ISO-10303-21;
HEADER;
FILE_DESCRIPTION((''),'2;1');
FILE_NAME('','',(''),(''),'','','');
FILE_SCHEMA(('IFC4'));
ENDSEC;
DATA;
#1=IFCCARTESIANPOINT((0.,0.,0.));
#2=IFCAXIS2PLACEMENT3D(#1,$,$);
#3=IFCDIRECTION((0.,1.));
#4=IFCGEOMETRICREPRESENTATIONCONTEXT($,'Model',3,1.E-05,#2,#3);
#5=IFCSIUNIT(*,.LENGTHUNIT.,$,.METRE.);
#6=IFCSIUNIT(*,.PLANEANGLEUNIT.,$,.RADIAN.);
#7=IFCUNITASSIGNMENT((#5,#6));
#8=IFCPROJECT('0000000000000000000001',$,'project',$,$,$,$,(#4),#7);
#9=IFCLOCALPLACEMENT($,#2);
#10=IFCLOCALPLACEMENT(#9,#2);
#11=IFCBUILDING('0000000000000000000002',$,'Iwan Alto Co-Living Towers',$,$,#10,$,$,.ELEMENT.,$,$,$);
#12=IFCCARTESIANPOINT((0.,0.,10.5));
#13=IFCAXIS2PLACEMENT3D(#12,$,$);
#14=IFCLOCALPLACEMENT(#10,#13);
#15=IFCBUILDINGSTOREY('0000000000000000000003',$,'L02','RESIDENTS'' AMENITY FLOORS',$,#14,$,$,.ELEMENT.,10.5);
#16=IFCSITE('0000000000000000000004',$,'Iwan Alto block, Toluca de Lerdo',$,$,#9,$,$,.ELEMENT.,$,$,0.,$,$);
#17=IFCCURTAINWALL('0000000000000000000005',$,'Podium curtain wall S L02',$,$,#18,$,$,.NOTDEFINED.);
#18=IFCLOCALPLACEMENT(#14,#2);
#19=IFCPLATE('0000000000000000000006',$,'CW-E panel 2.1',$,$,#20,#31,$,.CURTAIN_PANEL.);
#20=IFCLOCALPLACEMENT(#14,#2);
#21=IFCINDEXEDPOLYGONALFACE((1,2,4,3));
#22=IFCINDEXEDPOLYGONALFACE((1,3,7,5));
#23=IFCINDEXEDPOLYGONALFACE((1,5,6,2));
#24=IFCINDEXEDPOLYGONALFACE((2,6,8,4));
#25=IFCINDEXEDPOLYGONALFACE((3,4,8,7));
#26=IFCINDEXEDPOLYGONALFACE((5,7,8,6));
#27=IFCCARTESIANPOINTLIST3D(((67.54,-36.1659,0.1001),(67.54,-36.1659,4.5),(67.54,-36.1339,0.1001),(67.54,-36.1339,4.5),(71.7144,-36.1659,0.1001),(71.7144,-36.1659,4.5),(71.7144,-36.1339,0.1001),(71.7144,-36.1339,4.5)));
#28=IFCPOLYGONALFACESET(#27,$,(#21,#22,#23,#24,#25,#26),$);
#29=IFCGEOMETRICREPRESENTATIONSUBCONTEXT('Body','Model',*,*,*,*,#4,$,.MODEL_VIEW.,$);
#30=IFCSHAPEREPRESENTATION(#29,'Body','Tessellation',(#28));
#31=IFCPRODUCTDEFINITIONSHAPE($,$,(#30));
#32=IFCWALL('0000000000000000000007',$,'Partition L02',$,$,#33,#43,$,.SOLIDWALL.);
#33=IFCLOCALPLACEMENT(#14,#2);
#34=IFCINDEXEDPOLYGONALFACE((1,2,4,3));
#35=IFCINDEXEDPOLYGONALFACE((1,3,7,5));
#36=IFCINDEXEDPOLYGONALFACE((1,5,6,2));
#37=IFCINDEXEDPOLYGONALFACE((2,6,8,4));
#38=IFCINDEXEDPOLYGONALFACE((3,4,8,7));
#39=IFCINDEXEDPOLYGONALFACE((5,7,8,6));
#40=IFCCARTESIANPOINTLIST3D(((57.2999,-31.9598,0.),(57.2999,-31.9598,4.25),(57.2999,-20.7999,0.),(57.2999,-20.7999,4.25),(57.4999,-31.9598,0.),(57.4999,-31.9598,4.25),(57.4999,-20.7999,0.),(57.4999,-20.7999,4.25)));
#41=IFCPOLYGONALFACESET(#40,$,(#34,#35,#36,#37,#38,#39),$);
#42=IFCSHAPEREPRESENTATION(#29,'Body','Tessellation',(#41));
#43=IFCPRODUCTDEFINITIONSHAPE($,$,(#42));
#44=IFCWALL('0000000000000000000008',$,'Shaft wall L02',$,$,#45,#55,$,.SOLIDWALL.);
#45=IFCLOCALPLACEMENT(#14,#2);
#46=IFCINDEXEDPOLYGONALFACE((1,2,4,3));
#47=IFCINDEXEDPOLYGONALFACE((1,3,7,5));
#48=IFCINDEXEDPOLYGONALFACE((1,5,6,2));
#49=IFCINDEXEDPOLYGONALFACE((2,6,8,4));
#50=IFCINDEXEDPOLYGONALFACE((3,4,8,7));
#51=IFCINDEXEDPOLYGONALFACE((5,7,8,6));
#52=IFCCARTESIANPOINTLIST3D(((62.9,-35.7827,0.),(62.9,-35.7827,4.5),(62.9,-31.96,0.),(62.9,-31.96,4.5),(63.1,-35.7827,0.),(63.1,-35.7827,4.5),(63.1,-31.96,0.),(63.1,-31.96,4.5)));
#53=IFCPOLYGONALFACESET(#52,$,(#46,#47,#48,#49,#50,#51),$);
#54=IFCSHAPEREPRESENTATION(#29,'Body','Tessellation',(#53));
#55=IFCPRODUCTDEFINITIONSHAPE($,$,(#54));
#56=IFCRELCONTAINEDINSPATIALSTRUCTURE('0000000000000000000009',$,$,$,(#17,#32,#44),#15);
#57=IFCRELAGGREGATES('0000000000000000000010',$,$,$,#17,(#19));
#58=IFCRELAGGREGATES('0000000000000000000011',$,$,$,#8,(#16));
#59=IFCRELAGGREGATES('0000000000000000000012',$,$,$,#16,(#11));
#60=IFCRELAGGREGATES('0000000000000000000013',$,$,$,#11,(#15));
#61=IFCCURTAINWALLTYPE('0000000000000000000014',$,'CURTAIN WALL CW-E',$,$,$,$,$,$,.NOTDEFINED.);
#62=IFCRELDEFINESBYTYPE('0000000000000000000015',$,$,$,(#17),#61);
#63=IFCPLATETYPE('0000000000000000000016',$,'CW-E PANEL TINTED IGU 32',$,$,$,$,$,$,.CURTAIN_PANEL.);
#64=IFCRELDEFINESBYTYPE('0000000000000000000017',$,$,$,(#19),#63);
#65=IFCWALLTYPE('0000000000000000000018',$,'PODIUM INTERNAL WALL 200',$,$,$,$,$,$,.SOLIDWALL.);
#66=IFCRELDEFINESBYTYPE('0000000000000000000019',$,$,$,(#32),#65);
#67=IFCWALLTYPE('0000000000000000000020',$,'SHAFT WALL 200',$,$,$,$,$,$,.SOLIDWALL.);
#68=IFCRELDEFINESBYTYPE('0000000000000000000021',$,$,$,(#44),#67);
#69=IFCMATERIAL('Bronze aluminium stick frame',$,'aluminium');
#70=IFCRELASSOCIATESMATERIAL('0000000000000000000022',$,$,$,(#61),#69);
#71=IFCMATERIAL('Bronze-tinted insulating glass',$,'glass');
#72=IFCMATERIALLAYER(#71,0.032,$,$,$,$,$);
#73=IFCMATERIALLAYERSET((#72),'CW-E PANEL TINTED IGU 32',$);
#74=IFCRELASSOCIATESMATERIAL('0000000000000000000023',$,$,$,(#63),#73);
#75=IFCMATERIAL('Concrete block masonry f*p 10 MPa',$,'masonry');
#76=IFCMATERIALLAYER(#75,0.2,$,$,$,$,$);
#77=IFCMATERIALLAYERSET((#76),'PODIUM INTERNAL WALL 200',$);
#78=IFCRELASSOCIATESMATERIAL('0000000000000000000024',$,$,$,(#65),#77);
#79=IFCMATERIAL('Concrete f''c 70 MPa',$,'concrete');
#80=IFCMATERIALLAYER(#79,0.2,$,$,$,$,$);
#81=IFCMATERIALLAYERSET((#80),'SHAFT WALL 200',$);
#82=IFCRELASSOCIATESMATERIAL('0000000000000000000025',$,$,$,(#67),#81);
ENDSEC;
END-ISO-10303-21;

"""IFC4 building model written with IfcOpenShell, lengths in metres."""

from ifc_helpers import new_model, si_unit, direction, frame, frame_2d, origin, origin_2d, place, context, subcontext, project, spatial, rectangle, extrude, material, layer, layer_set, type_object, element, aggregate, save


model = new_model("IFC4")

# Units and contexts
model_context = context("Model", 3, precision=1e-05, world=origin(), true_north=direction((0.0, 1.0)))
body_context = subcontext(model_context, "Body", "Model", "MODEL_VIEW")
ifc_project = project(units=[si_unit("LENGTHUNIT", "METRE"), si_unit("PLANEANGLEUNIT", "RADIAN")], contexts=[model_context])

# Site, building, storey
site_placement = place(None, origin())
site = spatial("IfcSite", under=ifc_project, at=site_placement, Name="Iwan Alto block, Toluca de Lerdo", CompositionType="ELEMENT", RefElevation=0.0)
building_placement = place(site_placement, origin())
building = spatial("IfcBuilding", under=site, at=building_placement, Name="Iwan Alto Co-Living Towers", CompositionType="ELEMENT")
storey_placement = place(building_placement, frame((0.0, 0.0, 10.5)))
storey = spatial("IfcBuildingStorey", under=building, at=storey_placement, Name="L02", Description="RESIDENTS' AMENITY FLOORS", CompositionType="ELEMENT", Elevation=10.5)

# Curtain wall
ifc_material_1 = material(Name="Bronze aluminium stick frame", Category="aluminium")
curtain_wall_type = type_object("IfcCurtainWallType", Name="CURTAIN WALL CW-E", PredefinedType="NOTDEFINED", material=ifc_material_1)
curtain_wall_1_placement = place(storey_placement, origin())
curtain_wall_1 = element("IfcCurtainWall", 1, at=curtain_wall_1_placement, inside=storey, type_object=curtain_wall_type, Name="Podium curtain wall S L02", PredefinedType="NOTDEFINED")

# Plate
ifc_material_2 = material(Name="Bronze-tinted insulating glass", Category="glass")
ifc_layer_1 = layer(ifc_material_2, 0.032)
ifc_layer_set_1 = layer_set([ifc_layer_1], Name="CW-E PANEL TINTED IGU 32")
plate_type = type_object("IfcPlateType", Name="CW-E PANEL TINTED IGU 32", PredefinedType="CURTAIN_PANEL", material=ifc_layer_set_1)
plate_1_placement = place(storey_placement, frame((69.6272, -36.1499, 0.1001), z_axis=(0.0, 0.0, 1.0), x_axis=(1.0, 0.0, 0.0)))
plate_1 = element("IfcPlate", 2, at=plate_1_placement, type_object=plate_type, Name="CW-E panel 2.1", PredefinedType="CURTAIN_PANEL", context=body_context, shape_type="SweptSolid", body=[
    extrude(rectangle(XDim=4.1743, YDim=0.032, at=origin_2d()), origin(), (0.0, 0.0, 1.0), 4.3999),
])
aggregate(curtain_wall_1, [plate_1])

# Walls
ifc_material_3 = material(Name="Concrete block masonry f*p 10 MPa", Category="masonry")
ifc_layer_2 = layer(ifc_material_3, 0.2)
ifc_layer_set_2 = layer_set([ifc_layer_2], Name="PODIUM INTERNAL WALL 200")
wall_type_1 = type_object("IfcWallType", Name="PODIUM INTERNAL WALL 200", PredefinedType="SOLIDWALL", material=ifc_layer_set_2)
wall_1_placement = place(storey_placement, frame((57.3999, -31.96, 0.0), z_axis=(0.0, 0.0, 1.0), x_axis=(0.0, 1.0, 0.0)))
element("IfcWall", 3, at=wall_1_placement, inside=storey, type_object=wall_type_1, Name="Partition L02", PredefinedType="SOLIDWALL", context=body_context, shape_type="SweptSolid", body=[
    extrude(rectangle(XDim=11.1599, YDim=0.2, at=frame_2d((5.5801, 0.0))), origin(), (0.0, 0.0, 1.0), 4.25),
])
ifc_material_4 = material(Name="Concrete f'c 70 MPa", Category="concrete")
ifc_layer_3 = layer(ifc_material_4, 0.2)
ifc_layer_set_3 = layer_set([ifc_layer_3], Name="SHAFT WALL 200")
wall_type_2 = type_object("IfcWallType", Name="SHAFT WALL 200", PredefinedType="SOLIDWALL", material=ifc_layer_set_3)
wall_2_placement = place(storey_placement, frame((63.0, -35.7827, 0.0), z_axis=(0.0, 0.0, 1.0), x_axis=(0.0, 1.0, 0.0)))
element("IfcWall", 4, at=wall_2_placement, inside=storey, type_object=wall_type_2, Name="Shaft wall L02", PredefinedType="SOLIDWALL", context=body_context, shape_type="SweptSolid", body=[
    extrude(rectangle(XDim=3.8228, YDim=0.2, at=frame_2d((1.9114, 0.0))), origin(), (0.0, 0.0, 1.0), 4.5),
])

save(model, "model.ifc")
